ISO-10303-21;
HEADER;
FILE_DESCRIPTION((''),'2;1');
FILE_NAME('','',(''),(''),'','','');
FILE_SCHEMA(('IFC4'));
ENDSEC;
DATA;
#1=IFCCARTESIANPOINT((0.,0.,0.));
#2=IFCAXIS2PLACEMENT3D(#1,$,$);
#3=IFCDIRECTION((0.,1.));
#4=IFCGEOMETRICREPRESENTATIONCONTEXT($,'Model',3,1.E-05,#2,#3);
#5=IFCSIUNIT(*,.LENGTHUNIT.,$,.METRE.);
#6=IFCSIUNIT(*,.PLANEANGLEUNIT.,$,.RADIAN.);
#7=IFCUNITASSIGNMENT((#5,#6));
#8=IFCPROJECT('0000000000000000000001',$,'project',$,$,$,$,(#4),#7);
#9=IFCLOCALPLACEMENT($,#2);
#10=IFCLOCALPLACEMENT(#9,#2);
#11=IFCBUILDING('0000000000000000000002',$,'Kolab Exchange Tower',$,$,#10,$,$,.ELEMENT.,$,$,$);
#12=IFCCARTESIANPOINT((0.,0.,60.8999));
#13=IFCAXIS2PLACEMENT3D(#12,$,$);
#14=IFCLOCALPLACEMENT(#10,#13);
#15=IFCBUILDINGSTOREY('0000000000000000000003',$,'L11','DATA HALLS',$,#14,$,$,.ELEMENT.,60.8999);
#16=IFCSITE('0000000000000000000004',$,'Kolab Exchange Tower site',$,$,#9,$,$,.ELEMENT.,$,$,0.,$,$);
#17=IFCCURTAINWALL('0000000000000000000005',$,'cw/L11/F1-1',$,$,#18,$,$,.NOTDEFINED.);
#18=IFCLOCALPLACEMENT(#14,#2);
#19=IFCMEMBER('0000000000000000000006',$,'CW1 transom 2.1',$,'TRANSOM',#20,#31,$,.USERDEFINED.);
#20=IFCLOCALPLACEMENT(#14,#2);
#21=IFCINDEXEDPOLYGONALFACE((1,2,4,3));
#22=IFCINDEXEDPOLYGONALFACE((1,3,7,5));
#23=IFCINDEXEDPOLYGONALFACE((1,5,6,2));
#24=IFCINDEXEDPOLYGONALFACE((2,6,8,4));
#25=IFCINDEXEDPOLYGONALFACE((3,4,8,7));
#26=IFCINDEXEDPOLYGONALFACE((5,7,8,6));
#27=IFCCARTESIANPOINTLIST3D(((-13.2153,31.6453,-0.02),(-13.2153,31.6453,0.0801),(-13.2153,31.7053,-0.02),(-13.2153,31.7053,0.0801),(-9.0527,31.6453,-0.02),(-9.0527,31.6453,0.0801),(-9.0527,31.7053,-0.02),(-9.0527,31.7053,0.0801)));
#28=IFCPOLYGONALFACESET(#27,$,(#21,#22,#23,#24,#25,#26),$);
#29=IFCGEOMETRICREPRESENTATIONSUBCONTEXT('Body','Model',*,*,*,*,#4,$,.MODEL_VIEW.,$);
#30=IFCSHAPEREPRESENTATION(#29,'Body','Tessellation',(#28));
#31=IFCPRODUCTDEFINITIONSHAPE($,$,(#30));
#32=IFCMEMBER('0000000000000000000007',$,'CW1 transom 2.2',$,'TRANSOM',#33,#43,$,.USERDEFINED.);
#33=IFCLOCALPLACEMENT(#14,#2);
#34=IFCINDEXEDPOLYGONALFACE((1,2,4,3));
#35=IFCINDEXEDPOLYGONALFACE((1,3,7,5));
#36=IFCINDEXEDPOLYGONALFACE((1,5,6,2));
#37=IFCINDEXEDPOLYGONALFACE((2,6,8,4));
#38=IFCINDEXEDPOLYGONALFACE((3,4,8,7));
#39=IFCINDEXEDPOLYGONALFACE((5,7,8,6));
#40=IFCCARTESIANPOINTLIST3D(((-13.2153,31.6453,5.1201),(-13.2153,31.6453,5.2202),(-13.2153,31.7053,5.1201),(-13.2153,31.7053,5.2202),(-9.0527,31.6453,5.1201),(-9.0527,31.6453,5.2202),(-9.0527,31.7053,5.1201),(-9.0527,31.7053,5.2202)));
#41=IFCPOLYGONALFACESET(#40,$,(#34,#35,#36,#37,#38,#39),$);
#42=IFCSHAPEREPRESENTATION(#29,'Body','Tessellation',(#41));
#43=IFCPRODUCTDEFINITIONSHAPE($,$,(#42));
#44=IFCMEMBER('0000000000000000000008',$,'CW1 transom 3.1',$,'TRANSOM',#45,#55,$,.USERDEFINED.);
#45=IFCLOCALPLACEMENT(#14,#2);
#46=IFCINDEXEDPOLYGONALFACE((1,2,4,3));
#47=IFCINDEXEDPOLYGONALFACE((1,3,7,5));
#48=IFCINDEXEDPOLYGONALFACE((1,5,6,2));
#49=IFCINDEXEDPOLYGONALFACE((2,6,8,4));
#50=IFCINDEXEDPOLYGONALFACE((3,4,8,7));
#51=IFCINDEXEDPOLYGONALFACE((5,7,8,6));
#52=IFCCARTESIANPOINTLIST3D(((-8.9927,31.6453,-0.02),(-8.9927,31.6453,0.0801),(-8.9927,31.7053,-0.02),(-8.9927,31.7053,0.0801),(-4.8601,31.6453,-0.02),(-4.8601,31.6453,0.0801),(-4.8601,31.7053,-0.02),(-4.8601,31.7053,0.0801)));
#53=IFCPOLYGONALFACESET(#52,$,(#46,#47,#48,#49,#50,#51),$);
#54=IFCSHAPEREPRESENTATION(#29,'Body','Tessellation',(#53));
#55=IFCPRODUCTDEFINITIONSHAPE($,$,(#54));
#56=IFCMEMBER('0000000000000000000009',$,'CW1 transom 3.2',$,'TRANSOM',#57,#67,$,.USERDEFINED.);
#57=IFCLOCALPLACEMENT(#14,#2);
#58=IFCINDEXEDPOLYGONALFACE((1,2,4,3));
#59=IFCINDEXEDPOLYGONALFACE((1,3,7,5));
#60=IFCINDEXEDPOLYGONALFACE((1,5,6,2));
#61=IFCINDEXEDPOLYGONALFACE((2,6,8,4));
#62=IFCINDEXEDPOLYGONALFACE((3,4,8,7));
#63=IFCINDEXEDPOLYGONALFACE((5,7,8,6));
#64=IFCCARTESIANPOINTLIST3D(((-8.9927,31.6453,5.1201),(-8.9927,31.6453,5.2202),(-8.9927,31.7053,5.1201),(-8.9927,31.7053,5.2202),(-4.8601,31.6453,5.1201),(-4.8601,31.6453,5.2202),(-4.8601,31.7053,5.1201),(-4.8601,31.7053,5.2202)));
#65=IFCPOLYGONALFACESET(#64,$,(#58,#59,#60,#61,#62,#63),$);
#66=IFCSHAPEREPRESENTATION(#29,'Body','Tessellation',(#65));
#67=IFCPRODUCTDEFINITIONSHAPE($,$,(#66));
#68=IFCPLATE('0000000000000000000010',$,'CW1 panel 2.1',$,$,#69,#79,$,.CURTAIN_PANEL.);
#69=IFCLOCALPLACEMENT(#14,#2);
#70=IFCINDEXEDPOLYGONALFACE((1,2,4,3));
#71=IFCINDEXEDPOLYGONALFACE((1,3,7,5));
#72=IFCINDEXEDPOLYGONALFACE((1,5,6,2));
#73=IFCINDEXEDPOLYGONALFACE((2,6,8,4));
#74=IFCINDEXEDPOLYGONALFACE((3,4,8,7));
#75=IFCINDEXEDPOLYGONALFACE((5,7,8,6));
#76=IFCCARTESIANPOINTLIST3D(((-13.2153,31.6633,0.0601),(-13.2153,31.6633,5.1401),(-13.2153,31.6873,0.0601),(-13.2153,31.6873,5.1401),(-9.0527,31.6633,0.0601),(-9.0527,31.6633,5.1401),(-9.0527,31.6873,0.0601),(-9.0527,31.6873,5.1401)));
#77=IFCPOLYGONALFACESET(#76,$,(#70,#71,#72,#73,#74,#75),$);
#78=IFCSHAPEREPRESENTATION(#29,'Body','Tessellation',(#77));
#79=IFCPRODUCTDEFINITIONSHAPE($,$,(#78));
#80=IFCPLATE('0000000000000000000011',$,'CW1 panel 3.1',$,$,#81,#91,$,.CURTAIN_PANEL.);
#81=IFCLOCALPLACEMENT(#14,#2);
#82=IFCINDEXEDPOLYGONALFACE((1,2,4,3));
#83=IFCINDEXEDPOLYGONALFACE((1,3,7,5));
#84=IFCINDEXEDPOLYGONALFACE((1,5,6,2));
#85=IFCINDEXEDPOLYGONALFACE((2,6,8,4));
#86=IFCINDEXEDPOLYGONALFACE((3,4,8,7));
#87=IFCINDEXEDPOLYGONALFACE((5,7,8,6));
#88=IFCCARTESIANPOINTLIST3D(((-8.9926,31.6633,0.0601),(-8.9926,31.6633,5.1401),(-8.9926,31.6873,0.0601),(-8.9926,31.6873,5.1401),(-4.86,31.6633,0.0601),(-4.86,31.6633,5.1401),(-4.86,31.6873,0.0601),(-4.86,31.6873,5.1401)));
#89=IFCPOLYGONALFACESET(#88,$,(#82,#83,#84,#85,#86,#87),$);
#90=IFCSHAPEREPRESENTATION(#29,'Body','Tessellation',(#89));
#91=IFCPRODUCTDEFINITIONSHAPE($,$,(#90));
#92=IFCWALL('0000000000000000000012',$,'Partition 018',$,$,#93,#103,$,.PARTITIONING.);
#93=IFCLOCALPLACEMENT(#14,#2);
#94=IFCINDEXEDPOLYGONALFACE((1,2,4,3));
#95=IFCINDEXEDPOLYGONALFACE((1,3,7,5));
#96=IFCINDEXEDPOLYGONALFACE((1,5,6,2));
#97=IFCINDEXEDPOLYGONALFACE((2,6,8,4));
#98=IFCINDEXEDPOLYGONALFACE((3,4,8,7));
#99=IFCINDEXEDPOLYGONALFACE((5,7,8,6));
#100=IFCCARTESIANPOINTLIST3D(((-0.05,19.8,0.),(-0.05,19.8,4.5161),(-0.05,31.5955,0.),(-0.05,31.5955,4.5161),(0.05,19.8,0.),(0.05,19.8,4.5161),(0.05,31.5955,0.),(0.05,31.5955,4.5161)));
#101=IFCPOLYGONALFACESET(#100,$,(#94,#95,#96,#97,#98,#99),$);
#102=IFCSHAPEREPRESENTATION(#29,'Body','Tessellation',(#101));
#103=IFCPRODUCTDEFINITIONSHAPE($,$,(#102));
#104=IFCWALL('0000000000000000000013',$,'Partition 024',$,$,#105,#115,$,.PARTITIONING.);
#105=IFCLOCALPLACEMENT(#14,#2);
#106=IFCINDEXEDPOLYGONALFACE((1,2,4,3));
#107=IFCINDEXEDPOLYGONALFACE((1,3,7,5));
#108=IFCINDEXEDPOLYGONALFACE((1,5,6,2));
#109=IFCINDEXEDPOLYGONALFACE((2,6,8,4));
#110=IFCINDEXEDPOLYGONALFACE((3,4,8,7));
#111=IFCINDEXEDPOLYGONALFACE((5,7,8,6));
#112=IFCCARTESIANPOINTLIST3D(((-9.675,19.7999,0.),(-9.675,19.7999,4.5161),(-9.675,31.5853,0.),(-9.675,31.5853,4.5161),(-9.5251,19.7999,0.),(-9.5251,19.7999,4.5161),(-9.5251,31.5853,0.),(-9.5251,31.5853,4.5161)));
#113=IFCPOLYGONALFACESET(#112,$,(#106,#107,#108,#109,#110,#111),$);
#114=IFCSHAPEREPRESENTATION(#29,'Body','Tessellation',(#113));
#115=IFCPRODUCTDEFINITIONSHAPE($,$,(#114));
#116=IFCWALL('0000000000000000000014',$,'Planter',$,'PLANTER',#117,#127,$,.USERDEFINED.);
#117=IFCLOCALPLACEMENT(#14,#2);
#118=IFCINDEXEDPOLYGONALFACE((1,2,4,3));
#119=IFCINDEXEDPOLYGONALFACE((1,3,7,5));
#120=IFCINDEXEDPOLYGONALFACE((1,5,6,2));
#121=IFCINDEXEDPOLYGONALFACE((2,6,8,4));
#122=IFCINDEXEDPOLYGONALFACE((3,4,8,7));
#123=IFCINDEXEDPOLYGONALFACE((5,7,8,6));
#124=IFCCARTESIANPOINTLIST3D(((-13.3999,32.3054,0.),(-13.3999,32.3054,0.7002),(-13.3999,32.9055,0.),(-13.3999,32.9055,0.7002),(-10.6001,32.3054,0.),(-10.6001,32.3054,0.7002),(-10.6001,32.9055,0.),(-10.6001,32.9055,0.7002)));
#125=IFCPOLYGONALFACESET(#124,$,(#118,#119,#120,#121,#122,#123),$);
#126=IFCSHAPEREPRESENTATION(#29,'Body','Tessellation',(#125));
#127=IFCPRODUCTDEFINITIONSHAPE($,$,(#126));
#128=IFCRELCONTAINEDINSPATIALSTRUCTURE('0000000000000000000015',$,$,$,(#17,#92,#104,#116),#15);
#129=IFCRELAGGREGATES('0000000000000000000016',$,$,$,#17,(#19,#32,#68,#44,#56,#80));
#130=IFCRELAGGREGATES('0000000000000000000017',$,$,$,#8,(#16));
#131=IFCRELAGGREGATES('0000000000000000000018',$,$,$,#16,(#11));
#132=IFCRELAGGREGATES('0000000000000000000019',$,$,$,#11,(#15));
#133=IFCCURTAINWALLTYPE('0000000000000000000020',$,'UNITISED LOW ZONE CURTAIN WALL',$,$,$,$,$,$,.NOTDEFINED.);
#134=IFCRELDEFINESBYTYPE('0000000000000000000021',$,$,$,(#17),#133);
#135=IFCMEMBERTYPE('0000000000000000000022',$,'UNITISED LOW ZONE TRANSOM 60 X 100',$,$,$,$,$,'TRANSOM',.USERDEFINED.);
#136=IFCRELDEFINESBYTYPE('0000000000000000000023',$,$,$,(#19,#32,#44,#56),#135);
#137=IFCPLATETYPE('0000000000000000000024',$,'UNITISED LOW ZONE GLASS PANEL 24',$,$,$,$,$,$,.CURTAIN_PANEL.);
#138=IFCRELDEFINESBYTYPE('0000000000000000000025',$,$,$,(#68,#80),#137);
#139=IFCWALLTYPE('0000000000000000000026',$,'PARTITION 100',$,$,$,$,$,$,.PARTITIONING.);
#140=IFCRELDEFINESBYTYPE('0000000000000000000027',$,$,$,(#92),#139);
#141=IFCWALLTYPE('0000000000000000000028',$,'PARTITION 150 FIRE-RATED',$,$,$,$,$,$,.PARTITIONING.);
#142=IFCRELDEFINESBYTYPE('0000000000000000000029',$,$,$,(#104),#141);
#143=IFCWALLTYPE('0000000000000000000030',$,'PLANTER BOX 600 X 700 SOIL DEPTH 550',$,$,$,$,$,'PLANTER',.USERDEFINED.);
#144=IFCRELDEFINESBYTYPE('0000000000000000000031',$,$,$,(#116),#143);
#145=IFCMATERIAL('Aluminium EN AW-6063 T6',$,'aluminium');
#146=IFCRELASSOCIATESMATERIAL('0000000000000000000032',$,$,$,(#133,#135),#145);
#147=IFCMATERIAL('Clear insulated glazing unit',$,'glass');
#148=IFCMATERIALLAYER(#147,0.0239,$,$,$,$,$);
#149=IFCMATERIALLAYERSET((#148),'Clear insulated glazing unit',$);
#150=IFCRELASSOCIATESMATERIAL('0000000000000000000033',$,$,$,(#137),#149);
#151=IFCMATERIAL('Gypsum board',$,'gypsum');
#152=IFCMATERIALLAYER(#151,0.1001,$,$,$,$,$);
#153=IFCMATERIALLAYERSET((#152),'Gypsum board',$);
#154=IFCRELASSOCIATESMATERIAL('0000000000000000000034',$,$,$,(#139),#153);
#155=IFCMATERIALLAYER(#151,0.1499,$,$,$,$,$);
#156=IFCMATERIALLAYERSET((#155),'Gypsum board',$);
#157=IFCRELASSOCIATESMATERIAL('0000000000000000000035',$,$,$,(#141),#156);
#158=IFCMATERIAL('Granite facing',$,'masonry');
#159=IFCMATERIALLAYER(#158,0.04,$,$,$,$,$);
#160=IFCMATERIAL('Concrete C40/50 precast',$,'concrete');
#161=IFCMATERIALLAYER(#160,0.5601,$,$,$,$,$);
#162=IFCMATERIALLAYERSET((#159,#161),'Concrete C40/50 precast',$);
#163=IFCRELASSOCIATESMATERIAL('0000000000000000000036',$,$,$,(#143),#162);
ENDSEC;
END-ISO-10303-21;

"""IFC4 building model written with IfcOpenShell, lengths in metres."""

from ifc_helpers import new_model, si_unit, direction, frame, frame_2d, origin, origin_2d, place, context, subcontext, project, spatial, rectangle, extrude, material, layer, layer_set, material_profile, profile_set, type_object, element, aggregate, save


model = new_model("IFC4")

# Units and contexts
model_context = context("Model", 3, precision=1e-05, world=origin(), true_north=direction((0.0, 1.0)))
body_context = subcontext(model_context, "Body", "Model", "MODEL_VIEW")
ifc_project = project(units=[si_unit("LENGTHUNIT", "METRE"), si_unit("PLANEANGLEUNIT", "RADIAN")], contexts=[model_context])

# Site, building, storey
site_placement = place(None, origin())
site = spatial("IfcSite", under=ifc_project, at=site_placement, Name="Kolab Exchange Tower site", CompositionType="ELEMENT", RefElevation=0.0)
building_placement = place(site_placement, origin())
building = spatial("IfcBuilding", under=site, at=building_placement, Name="Kolab Exchange Tower", CompositionType="ELEMENT")
storey_placement = place(building_placement, frame((0.0, 0.0, 60.8999)))
storey = spatial("IfcBuildingStorey", under=building, at=storey_placement, Name="L11", Description="DATA HALLS", CompositionType="ELEMENT", Elevation=60.8999)

# Curtain wall, members, plates
ifc_material_1 = material(Name="Aluminium EN AW-6063 T6", Category="aluminium")
curtain_wall_type = type_object("IfcCurtainWallType", Name="UNITISED LOW ZONE CURTAIN WALL", PredefinedType="NOTDEFINED", material=ifc_material_1)
curtain_wall_placement = place(storey_placement, origin())
curtain_wall = element("IfcCurtainWall", 1, at=curtain_wall_placement, inside=storey, type_object=curtain_wall_type, Name="cw/L11/F1-1", PredefinedType="NOTDEFINED")
ifc_material_profile_1 = material_profile(ifc_material_1, rectangle(XDim=0.0601, YDim=0.1001, at=origin_2d()), Name="RECT 60X100")
ifc_profile_set_1 = profile_set([ifc_material_profile_1], Name="Aluminium EN AW-6063 T6")
member_type_1 = type_object("IfcMemberType", Name="UNITISED LOW ZONE TRANSOM 60 X 100", ElementType="TRANSOM", PredefinedType="USERDEFINED", material=ifc_profile_set_1)
member_1_placement = place(storey_placement, frame((-13.2153, 31.6753, 0.03), z_axis=(1.0, 0.0, 0.0), x_axis=(0.0, 1.0, 0.0)))
member_1 = element("IfcMember", 2, at=member_1_placement, type_object=member_type_1, Name="CW1 transom 2.1", ObjectType="TRANSOM", PredefinedType="USERDEFINED", context=body_context, shape_type="SweptSolid", body=[
    extrude(rectangle(XDim=0.0601, YDim=0.1001, at=origin_2d()), origin(), (0.0, 0.0, 1.0), 4.1626),
])
member_2_placement = place(storey_placement, frame((-13.2153, 31.6753, 5.1702), z_axis=(1.0, 0.0, 0.0), x_axis=(0.0, 1.0, 0.0)))
member_2 = element("IfcMember", 3, at=member_2_placement, type_object=member_type_1, Name="CW1 transom 2.2", ObjectType="TRANSOM", PredefinedType="USERDEFINED", context=body_context, shape_type="SweptSolid", body=[
    extrude(rectangle(XDim=0.0601, YDim=0.1001, at=origin_2d()), origin(), (0.0, 0.0, 1.0), 4.1626),
])
member_3_placement = place(storey_placement, frame((-8.9927, 31.6753, 0.03), z_axis=(1.0, 0.0, 0.0), x_axis=(0.0, 1.0, 0.0)))
member_3 = element("IfcMember", 4, at=member_3_placement, type_object=member_type_1, Name="CW1 transom 3.1", ObjectType="TRANSOM", PredefinedType="USERDEFINED", context=body_context, shape_type="SweptSolid", body=[
    extrude(rectangle(XDim=0.0601, YDim=0.1001, at=origin_2d()), origin(), (0.0, 0.0, 1.0), 4.1326),
])
member_4_placement = place(storey_placement, frame((-8.9927, 31.6753, 5.1702), z_axis=(1.0, 0.0, 0.0), x_axis=(0.0, 1.0, 0.0)))
member_4 = element("IfcMember", 5, at=member_4_placement, type_object=member_type_1, Name="CW1 transom 3.2", ObjectType="TRANSOM", PredefinedType="USERDEFINED", context=body_context, shape_type="SweptSolid", body=[
    extrude(rectangle(XDim=0.0601, YDim=0.1001, at=origin_2d()), origin(), (0.0, 0.0, 1.0), 4.1326),
])
ifc_material_2 = material(Name="Clear insulated glazing unit", Category="glass")
ifc_layer_1 = layer(ifc_material_2, 0.0239)
ifc_layer_set_1 = layer_set([ifc_layer_1], Name="Clear insulated glazing unit")
plate_type = type_object("IfcPlateType", Name="UNITISED LOW ZONE GLASS PANEL 24", PredefinedType="CURTAIN_PANEL", material=ifc_layer_set_1)
plate_1_placement = place(storey_placement, frame((-11.134, 31.6753, 0.0601), z_axis=(0.0, 0.0, 1.0), x_axis=(1.0, 0.0, 0.0)))
plate_1 = element("IfcPlate", 6, at=plate_1_placement, type_object=plate_type, Name="CW1 panel 2.1", PredefinedType="CURTAIN_PANEL", context=body_context, shape_type="SweptSolid", body=[
    extrude(rectangle(XDim=4.1626, YDim=0.0239, at=origin_2d()), origin(), (0.0, 0.0, 1.0), 5.0801),
])
plate_2_placement = place(storey_placement, frame((-6.9263, 31.6753, 0.0601), z_axis=(0.0, 0.0, 1.0), x_axis=(1.0, 0.0, 0.0)))
plate_2 = element("IfcPlate", 7, at=plate_2_placement, type_object=plate_type, Name="CW1 panel 3.1", PredefinedType="CURTAIN_PANEL", context=body_context, shape_type="SweptSolid", body=[
    extrude(rectangle(XDim=4.1326, YDim=0.0239, at=origin_2d()), origin(), (0.0, 0.0, 1.0), 5.0801),
])
aggregate(curtain_wall, [member_1, member_2, plate_1, member_3, member_4, plate_2])

# Walls
ifc_material_3 = material(Name="Gypsum board", Category="gypsum")
ifc_layer_2 = layer(ifc_material_3, 0.1001)
ifc_layer_set_2 = layer_set([ifc_layer_2], Name="Gypsum board")
wall_type_1 = type_object("IfcWallType", Name="PARTITION 100", PredefinedType="PARTITIONING", material=ifc_layer_set_2)
wall_1_placement = place(storey_placement, frame((0.0, 19.8, 0.0), z_axis=(0.0, 0.0, 1.0), x_axis=(0.0, 1.0, 0.0)))
element("IfcWall", 8, at=wall_1_placement, inside=storey, type_object=wall_type_1, Name="Partition 018", PredefinedType="PARTITIONING", context=body_context, shape_type="SweptSolid", body=[
    extrude(rectangle(XDim=11.7954, YDim=0.1001, at=frame_2d((5.8977, 0.0))), origin(), (0.0, 0.0, 1.0), 4.5161),
])
ifc_layer_3 = layer(ifc_material_3, 0.1499)
ifc_layer_set_3 = layer_set([ifc_layer_3], Name="Gypsum board")
wall_type_2 = type_object("IfcWallType", Name="PARTITION 150 FIRE-RATED", PredefinedType="PARTITIONING", material=ifc_layer_set_3)
wall_2_placement = place(storey_placement, frame((-9.6001, 19.8, 0.0), z_axis=(0.0, 0.0, 1.0), x_axis=(0.0, 1.0, 0.0)))
element("IfcWall", 9, at=wall_2_placement, inside=storey, type_object=wall_type_2, Name="Partition 024", PredefinedType="PARTITIONING", context=body_context, shape_type="SweptSolid", body=[
    extrude(rectangle(XDim=11.7854, YDim=0.1499, at=frame_2d((5.8926, 0.0))), origin(), (0.0, 0.0, 1.0), 4.5161),
])
ifc_material_4 = material(Name="Granite facing", Category="masonry")
ifc_layer_4 = layer(ifc_material_4, 0.04)
ifc_material_5 = material(Name="Concrete C40/50 precast", Category="concrete")
ifc_layer_5 = layer(ifc_material_5, 0.5601)
ifc_layer_set_4 = layer_set([ifc_layer_4, ifc_layer_5], Name="Concrete C40/50 precast")
wall_type_3 = type_object("IfcWallType", Name="PLANTER BOX 600 X 700 SOIL DEPTH 550", ElementType="PLANTER", PredefinedType="USERDEFINED", material=ifc_layer_set_4)
wall_3_placement = place(storey_placement, frame((-13.3999, 32.6055, 0.0), z_axis=(0.0, 0.0, 1.0), x_axis=(1.0, 0.0, 0.0)))
element("IfcWall", 10, at=wall_3_placement, inside=storey, type_object=wall_type_3, Name="Planter", ObjectType="PLANTER", PredefinedType="USERDEFINED", context=body_context, shape_type="SweptSolid", body=[
    extrude(rectangle(XDim=2.7998, YDim=0.6001, at=frame_2d((1.3999, 0.0))), origin(), (0.0, 0.0, 1.0), 0.7002),
])

save(model, "model.ifc")
